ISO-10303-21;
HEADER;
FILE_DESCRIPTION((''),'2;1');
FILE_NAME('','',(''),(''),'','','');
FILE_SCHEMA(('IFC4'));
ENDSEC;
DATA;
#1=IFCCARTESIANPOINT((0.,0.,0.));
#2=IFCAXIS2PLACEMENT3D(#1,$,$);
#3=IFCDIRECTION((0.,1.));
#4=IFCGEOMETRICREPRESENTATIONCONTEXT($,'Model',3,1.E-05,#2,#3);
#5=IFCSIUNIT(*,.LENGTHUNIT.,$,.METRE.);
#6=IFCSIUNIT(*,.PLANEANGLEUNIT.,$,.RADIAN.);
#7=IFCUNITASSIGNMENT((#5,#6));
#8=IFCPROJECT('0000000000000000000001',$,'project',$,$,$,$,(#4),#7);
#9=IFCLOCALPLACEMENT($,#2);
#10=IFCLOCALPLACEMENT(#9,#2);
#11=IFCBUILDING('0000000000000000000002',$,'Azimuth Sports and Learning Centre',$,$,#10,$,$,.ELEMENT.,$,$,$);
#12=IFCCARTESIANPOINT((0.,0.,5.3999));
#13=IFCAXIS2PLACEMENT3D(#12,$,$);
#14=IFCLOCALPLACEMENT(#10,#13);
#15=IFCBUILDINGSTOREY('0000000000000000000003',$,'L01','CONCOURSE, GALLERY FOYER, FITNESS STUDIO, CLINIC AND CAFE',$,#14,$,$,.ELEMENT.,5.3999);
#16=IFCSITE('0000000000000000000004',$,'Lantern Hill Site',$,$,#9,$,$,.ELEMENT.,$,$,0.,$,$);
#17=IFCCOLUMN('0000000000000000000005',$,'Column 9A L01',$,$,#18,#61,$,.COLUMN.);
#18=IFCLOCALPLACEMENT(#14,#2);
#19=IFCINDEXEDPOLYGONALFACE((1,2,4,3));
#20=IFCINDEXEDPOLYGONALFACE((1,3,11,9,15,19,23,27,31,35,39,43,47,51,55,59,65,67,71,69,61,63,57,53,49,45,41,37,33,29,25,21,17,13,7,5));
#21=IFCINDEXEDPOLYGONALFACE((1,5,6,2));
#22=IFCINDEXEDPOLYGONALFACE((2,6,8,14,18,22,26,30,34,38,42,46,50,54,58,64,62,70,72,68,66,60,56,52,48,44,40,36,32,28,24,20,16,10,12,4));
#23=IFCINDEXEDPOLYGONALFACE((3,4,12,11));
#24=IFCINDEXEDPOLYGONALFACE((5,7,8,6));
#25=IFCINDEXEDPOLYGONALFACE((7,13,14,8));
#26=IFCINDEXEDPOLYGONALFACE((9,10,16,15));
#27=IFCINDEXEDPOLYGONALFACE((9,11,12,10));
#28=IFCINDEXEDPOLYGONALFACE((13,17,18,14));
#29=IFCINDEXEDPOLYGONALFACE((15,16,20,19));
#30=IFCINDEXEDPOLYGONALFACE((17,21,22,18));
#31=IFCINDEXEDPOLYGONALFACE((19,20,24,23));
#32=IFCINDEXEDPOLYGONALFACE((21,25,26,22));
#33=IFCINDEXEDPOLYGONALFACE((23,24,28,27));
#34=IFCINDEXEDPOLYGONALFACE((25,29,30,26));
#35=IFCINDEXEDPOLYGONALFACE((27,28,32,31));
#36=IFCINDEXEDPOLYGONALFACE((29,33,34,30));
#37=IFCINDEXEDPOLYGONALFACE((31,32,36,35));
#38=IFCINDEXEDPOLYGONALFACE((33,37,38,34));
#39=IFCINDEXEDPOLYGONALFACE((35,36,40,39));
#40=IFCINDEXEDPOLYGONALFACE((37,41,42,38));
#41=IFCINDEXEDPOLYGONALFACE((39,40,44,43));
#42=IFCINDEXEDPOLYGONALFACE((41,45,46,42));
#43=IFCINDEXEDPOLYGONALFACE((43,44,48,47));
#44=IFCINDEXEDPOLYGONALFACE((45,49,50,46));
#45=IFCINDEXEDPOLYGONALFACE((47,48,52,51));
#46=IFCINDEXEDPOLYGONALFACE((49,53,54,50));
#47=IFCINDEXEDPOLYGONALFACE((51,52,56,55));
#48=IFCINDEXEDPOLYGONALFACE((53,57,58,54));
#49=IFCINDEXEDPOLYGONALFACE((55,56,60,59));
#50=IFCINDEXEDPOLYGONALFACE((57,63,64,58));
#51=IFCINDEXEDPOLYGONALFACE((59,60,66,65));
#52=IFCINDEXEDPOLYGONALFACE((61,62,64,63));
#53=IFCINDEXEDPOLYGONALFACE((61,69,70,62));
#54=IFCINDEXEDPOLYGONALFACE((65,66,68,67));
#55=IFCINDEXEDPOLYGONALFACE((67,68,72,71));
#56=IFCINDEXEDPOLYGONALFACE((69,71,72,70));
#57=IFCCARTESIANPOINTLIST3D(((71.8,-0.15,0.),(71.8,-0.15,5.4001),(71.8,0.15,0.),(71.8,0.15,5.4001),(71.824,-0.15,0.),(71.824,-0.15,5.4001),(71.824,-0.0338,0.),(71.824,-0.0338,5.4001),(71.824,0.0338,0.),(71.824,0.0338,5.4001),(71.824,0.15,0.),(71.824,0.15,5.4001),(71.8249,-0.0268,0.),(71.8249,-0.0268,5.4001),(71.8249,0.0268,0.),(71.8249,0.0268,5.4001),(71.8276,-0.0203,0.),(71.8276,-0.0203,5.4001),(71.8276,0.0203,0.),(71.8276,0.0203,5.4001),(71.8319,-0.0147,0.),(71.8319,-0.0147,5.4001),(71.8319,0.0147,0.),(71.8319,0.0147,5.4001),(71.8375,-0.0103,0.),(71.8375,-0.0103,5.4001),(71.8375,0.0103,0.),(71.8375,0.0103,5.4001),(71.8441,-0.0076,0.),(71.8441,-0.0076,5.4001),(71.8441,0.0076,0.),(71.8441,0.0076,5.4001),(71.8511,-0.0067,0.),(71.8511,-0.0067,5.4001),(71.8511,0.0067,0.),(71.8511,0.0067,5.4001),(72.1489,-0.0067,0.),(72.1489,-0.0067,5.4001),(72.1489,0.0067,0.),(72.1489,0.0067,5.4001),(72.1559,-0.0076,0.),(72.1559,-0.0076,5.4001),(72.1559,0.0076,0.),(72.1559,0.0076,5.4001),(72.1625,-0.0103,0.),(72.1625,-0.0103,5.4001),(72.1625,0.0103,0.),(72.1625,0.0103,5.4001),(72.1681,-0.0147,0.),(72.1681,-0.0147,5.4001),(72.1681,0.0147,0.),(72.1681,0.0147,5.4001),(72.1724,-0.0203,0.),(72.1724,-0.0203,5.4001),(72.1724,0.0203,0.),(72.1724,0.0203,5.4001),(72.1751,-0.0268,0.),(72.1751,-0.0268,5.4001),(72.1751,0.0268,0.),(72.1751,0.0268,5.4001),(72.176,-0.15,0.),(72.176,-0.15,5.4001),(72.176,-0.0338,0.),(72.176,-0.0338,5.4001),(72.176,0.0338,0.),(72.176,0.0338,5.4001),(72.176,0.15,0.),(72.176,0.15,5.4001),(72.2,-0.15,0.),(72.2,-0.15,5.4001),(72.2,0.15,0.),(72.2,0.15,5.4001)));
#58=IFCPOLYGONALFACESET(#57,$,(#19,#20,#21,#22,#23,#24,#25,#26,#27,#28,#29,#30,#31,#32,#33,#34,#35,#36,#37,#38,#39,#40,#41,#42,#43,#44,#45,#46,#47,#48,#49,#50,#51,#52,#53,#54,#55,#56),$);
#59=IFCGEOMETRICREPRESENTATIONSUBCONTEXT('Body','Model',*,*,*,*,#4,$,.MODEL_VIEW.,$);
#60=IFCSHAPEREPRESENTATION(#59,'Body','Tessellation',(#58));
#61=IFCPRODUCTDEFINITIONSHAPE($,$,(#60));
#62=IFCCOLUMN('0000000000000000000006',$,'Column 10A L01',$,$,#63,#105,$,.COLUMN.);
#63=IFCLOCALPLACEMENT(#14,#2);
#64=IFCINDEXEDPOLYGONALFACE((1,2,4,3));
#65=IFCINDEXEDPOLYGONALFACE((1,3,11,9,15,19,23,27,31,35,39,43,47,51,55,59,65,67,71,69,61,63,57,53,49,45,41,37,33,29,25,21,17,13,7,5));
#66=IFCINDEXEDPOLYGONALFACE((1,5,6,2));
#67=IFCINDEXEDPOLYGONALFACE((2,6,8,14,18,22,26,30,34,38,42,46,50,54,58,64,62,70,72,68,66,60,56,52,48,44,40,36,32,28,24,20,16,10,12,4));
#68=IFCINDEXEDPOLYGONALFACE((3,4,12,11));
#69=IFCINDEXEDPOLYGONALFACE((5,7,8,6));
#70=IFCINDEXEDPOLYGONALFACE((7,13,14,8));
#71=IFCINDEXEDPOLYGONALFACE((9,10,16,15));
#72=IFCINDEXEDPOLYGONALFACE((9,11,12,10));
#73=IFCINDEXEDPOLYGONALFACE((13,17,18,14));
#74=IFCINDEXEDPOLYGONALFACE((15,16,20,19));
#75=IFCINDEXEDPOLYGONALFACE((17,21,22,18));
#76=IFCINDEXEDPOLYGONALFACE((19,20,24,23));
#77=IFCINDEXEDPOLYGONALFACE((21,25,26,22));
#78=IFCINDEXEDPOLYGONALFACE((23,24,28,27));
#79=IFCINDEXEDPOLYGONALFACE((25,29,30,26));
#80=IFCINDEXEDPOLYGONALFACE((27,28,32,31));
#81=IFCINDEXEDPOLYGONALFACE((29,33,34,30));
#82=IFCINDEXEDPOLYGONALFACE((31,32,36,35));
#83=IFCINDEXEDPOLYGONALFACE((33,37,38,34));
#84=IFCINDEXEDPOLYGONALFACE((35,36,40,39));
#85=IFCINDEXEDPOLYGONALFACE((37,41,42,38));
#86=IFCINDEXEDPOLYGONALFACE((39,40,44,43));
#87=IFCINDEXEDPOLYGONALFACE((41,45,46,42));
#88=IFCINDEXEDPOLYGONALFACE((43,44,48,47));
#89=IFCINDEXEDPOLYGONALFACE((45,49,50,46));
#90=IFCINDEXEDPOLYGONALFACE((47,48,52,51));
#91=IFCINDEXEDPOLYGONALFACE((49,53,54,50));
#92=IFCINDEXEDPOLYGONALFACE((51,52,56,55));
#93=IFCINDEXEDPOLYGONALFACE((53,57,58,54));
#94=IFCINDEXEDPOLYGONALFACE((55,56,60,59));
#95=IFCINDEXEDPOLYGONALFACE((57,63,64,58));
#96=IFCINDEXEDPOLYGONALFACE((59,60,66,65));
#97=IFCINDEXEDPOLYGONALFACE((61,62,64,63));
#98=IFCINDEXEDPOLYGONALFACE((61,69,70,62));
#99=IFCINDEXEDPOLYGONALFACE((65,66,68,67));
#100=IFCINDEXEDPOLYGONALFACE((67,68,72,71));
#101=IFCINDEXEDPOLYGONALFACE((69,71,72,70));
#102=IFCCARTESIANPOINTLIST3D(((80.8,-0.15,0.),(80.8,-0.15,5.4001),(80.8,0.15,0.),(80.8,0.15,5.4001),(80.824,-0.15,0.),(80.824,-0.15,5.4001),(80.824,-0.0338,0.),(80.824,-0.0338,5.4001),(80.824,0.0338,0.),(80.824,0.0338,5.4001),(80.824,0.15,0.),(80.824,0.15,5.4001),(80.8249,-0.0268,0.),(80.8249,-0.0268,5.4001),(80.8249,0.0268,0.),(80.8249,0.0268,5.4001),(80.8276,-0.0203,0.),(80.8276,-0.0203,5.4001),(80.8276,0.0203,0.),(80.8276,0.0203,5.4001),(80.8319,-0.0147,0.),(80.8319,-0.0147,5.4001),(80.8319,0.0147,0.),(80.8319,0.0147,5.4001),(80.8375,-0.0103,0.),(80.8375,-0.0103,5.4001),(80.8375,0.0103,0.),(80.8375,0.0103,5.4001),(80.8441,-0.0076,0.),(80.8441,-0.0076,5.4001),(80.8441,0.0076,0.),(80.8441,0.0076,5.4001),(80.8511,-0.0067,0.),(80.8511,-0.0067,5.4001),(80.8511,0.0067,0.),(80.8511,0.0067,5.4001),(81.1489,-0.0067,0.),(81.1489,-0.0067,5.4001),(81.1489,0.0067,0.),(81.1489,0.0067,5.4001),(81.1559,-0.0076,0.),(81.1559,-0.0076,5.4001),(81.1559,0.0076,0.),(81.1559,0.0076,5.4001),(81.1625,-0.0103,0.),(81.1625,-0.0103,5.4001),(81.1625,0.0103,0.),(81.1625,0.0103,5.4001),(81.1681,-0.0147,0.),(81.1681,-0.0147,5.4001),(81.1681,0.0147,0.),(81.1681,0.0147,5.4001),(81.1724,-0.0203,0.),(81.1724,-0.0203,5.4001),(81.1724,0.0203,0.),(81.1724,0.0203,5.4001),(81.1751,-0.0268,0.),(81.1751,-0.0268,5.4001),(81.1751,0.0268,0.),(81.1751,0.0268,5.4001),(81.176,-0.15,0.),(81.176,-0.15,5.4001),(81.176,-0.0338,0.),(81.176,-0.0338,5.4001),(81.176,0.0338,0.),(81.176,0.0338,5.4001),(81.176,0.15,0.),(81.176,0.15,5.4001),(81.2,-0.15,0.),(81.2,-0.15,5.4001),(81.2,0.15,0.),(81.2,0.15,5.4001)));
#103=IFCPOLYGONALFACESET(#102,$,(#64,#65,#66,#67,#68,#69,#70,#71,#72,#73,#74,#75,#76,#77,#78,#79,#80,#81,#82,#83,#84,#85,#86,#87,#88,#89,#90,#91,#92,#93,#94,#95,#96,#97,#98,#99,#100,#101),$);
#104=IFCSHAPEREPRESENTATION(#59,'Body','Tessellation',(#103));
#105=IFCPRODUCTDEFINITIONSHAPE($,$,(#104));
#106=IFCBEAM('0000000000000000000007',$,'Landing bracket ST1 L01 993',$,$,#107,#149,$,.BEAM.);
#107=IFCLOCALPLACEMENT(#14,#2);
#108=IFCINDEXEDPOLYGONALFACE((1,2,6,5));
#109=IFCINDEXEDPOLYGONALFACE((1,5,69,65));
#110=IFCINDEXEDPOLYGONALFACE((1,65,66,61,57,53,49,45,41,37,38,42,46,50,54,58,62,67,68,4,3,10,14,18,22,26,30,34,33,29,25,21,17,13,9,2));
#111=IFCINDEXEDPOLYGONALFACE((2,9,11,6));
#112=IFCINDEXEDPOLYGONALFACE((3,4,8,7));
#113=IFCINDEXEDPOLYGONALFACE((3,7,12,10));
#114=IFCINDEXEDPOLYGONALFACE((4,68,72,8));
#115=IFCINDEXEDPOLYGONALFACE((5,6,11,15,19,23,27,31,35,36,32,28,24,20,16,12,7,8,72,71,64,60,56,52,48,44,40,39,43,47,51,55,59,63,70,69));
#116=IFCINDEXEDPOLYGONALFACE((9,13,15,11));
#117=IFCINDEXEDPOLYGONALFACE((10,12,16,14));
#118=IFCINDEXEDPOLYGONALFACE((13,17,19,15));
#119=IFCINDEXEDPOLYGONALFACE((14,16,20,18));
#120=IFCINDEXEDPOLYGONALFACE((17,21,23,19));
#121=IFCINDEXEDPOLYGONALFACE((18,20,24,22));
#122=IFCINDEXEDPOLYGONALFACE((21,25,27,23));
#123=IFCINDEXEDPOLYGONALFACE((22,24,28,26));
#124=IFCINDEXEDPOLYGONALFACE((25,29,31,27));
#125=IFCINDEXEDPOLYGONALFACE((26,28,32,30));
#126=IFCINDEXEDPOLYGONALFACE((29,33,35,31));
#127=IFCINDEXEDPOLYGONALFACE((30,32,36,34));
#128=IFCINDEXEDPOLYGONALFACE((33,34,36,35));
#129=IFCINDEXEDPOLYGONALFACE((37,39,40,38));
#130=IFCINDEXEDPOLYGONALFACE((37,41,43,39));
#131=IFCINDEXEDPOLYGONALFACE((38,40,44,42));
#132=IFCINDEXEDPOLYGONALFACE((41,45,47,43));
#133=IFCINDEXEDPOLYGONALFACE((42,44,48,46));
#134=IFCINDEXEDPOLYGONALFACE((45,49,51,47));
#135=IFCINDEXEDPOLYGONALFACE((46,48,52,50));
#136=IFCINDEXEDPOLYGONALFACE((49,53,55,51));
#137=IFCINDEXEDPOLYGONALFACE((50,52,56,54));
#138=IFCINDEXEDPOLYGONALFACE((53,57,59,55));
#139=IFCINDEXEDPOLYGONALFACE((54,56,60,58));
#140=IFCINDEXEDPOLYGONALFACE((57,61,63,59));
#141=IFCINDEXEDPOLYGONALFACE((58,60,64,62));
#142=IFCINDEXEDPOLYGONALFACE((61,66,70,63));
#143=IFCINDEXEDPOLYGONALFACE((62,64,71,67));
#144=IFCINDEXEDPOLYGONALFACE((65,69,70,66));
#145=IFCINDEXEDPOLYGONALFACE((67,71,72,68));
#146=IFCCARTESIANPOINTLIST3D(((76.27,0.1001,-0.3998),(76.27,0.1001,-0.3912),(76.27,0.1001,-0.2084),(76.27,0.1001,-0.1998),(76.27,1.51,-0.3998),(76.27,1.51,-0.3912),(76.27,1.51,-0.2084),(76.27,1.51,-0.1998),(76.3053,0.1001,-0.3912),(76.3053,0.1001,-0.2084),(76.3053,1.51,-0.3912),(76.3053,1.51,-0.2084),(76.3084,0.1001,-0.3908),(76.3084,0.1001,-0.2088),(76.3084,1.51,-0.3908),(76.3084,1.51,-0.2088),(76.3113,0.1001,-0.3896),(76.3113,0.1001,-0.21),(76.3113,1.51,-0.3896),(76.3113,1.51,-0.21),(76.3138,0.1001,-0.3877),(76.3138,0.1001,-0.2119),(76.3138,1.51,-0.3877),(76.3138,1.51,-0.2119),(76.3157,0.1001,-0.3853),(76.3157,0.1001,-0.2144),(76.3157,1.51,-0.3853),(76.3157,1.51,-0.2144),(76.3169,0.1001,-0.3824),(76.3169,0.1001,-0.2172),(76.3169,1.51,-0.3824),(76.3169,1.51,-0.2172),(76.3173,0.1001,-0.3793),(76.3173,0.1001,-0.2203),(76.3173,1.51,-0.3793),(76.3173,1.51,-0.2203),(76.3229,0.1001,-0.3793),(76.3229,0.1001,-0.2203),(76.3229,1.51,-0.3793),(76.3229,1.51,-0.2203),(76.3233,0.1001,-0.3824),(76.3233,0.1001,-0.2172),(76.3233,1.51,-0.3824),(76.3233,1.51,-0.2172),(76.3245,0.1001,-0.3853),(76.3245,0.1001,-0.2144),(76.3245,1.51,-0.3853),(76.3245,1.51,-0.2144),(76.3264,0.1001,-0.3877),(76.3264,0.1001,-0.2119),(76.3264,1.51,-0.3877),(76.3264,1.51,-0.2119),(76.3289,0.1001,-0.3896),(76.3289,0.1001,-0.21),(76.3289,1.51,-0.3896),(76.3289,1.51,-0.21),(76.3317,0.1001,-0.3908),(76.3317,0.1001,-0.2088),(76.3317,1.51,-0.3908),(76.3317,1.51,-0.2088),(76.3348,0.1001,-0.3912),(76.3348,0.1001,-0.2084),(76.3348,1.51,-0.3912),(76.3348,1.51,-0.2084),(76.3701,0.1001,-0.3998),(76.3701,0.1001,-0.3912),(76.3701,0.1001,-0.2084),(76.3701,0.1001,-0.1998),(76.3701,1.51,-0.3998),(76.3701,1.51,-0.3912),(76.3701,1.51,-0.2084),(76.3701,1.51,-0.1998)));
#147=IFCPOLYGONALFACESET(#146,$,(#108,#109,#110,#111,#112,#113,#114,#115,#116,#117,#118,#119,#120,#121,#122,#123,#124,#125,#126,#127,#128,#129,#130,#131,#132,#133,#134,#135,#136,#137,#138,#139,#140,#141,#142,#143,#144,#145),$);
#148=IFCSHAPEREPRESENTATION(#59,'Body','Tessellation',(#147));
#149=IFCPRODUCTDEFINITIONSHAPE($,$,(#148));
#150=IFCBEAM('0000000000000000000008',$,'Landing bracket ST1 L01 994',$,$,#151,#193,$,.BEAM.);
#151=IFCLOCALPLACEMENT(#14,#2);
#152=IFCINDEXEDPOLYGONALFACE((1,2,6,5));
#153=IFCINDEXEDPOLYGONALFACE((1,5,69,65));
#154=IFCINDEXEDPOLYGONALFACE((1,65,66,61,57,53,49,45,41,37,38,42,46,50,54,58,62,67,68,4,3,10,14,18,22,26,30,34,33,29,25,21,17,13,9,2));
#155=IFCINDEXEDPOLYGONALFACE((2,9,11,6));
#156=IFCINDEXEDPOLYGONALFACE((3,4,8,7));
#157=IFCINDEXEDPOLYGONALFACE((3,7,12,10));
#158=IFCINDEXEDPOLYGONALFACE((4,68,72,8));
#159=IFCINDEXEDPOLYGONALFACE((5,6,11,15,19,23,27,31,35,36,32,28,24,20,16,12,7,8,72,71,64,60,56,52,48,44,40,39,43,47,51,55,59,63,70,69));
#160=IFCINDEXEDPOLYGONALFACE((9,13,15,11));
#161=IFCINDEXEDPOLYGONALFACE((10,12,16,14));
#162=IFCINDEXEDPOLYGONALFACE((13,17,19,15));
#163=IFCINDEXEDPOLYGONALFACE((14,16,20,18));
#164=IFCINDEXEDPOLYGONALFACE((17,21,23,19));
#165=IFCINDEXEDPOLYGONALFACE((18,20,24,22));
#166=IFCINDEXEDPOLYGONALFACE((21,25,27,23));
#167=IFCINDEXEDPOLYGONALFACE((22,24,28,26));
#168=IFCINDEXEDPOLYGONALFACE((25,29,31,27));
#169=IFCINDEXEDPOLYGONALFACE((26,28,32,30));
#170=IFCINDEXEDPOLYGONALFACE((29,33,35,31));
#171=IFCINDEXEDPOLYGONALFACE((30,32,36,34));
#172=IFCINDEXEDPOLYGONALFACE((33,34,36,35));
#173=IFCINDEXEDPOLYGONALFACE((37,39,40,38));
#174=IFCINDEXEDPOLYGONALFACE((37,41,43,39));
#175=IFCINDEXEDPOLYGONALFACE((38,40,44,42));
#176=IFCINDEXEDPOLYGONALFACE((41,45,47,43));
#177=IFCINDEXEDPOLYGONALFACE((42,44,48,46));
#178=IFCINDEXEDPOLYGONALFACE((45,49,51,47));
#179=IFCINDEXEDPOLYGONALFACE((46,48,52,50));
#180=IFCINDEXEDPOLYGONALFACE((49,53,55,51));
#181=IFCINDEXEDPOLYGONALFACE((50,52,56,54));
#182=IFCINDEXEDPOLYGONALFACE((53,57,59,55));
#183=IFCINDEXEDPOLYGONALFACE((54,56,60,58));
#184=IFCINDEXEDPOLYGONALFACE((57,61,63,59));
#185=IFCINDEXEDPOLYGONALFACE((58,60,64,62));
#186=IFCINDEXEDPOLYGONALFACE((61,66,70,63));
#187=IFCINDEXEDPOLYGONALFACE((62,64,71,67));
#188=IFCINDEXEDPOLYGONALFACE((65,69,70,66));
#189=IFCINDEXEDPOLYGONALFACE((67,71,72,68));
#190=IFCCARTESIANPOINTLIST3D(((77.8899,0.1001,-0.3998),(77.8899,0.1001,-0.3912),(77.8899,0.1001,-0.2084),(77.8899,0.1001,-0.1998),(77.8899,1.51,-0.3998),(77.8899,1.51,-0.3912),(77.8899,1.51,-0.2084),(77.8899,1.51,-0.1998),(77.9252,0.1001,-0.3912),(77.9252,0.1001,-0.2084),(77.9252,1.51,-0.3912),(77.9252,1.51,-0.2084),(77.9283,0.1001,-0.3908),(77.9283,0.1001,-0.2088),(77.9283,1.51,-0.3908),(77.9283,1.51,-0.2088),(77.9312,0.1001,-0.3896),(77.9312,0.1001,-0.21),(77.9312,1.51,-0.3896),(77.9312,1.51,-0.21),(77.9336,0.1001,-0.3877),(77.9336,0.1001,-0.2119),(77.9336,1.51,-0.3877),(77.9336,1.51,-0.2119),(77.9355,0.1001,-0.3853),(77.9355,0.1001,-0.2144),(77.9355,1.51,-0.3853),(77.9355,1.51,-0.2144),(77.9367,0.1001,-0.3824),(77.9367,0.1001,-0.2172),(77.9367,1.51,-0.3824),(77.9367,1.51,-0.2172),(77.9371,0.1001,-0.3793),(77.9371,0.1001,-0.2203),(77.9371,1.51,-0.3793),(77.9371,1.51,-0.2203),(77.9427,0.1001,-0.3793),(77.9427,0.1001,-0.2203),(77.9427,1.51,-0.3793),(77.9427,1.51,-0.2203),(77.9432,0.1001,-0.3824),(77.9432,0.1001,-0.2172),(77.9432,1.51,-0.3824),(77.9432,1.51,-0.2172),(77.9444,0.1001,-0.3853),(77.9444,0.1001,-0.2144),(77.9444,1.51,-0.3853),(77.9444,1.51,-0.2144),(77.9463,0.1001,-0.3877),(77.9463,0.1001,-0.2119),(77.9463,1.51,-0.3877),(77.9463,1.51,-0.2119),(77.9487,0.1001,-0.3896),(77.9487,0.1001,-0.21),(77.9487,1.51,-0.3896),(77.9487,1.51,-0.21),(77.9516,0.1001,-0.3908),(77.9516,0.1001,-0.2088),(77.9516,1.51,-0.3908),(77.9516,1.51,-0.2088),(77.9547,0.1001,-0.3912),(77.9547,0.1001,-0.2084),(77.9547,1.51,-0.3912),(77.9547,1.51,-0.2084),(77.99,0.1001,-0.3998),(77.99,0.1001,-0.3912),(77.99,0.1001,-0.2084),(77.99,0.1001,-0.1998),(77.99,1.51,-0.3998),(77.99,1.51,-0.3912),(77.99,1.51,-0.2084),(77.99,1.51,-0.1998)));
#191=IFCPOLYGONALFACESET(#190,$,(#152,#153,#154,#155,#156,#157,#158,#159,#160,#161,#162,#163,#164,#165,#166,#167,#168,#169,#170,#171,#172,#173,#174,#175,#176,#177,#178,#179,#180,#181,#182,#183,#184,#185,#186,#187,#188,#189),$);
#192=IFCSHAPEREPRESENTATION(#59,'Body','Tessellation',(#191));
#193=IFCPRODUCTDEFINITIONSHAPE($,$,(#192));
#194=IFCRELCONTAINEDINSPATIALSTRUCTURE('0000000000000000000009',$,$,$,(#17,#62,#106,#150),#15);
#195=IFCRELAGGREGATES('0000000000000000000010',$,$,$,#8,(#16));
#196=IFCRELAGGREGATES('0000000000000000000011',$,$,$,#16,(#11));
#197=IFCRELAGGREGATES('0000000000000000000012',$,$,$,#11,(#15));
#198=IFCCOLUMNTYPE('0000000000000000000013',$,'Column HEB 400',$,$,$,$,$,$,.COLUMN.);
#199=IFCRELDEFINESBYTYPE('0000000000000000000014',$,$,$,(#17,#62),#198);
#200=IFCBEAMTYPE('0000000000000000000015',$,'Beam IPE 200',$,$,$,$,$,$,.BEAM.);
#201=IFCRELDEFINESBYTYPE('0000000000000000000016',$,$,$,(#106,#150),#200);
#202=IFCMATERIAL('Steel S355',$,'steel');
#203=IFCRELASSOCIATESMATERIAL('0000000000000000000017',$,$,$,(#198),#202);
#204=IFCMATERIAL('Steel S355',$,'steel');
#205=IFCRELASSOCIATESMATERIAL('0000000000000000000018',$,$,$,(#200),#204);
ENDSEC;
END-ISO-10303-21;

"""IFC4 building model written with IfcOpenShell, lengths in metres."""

from ifc_helpers import new_model, si_unit, direction, frame, origin, origin_2d, place, context, subcontext, project, spatial, i_section, extrude, material, material_profile, profile_set, type_object, element, save


model = new_model("IFC4")

# Units and contexts
model_context = context("Model", 3, precision=1e-05, world=origin(), true_north=direction((0.0, 1.0)))
body_context = subcontext(model_context, "Body", "Model", "MODEL_VIEW")
ifc_project = project(units=[si_unit("LENGTHUNIT", "METRE"), si_unit("PLANEANGLEUNIT", "RADIAN")], contexts=[model_context])

# Site, building, storey
site_placement = place(None, origin())
site = spatial("IfcSite", under=ifc_project, at=site_placement, Name="Lantern Hill Site", CompositionType="ELEMENT", RefElevation=0.0)
building_placement = place(site_placement, origin())
building = spatial("IfcBuilding", under=site, at=building_placement, Name="Azimuth Sports and Learning Centre", CompositionType="ELEMENT")
storey_placement = place(building_placement, frame((0.0, 0.0, 5.3999)))
storey = spatial("IfcBuildingStorey", under=building, at=storey_placement, Name="L01", Description="CONCOURSE, GALLERY FOYER, FITNESS STUDIO, CLINIC AND CAFE", CompositionType="ELEMENT", Elevation=5.3999)

# Columns
ifc_material_1 = material(Name="Steel S355", Category="steel")
ifc_material_profile_1 = material_profile(ifc_material_1, i_section(OverallWidth=0.3, OverallDepth=0.3999, WebThickness=0.0134, FlangeThickness=0.0239, FilletRadius=0.0271, at=origin_2d()), Name="HEB 400")
ifc_profile_set_1 = profile_set([ifc_material_profile_1], Name="Steel S355")
column_type = type_object("IfcColumnType", Name="Column HEB 400", PredefinedType="COLUMN", material=ifc_profile_set_1)
for number, where, z_axis, x_axis, name in (
    (1, (72.0, 0.0, 0.0), (0.0, 0.0, 1.0), (0.0, 1.0, 0.0), "Column 9A L01"),
    (2, (81.0, 0.0, 0.0), (0.0, 0.0, 1.0), (0.0, 1.0, 0.0), "Column 10A L01"),
):
    element("IfcColumn", number, at=place(storey_placement, frame(where, z_axis=z_axis, x_axis=x_axis)), inside=storey, type_object=column_type, Name=name, PredefinedType="COLUMN", context=body_context, shape_type="SweptSolid", body=[
        extrude(i_section(OverallWidth=0.3, OverallDepth=0.3999, WebThickness=0.0134, FlangeThickness=0.0239, FilletRadius=0.0271, at=origin_2d()), origin(), (0.0, 0.0, 1.0), 5.4001),
    ])

# Beams
ifc_material_2 = material(Name="Steel S355", Category="steel")
ifc_material_profile_2 = material_profile(ifc_material_2, i_section(OverallWidth=0.1001, OverallDepth=0.2, WebThickness=0.0056, FlangeThickness=0.0085, FilletRadius=0.012, at=origin_2d()), Name="IPE 200")
ifc_profile_set_2 = profile_set([ifc_material_profile_2], Name="Steel S355")
beam_type = type_object("IfcBeamType", Name="Beam IPE 200", PredefinedType="BEAM", material=ifc_profile_set_2)
for number, where, z_axis, x_axis, name in (
    (3, (76.3201, 0.1001, -0.2998), (0.0, 1.0, 0.0), (-1.0, 0.0, 0.0), "Landing bracket ST1 L01 993"),
    (4, (77.9399, 0.1001, -0.2998), (0.0, 1.0, 0.0), (-1.0, 0.0, 0.0), "Landing bracket ST1 L01 994"),
):
    element("IfcBeam", number, at=place(storey_placement, frame(where, z_axis=z_axis, x_axis=x_axis)), inside=storey, type_object=beam_type, Name=name, PredefinedType="BEAM", context=body_context, shape_type="SweptSolid", body=[
        extrude(i_section(OverallWidth=0.1001, OverallDepth=0.2, WebThickness=0.0056, FlangeThickness=0.0085, FilletRadius=0.012, at=origin_2d()), origin(), (0.0, 0.0, 1.0), 1.4099),
    ])

save(model, "model.ifc")
